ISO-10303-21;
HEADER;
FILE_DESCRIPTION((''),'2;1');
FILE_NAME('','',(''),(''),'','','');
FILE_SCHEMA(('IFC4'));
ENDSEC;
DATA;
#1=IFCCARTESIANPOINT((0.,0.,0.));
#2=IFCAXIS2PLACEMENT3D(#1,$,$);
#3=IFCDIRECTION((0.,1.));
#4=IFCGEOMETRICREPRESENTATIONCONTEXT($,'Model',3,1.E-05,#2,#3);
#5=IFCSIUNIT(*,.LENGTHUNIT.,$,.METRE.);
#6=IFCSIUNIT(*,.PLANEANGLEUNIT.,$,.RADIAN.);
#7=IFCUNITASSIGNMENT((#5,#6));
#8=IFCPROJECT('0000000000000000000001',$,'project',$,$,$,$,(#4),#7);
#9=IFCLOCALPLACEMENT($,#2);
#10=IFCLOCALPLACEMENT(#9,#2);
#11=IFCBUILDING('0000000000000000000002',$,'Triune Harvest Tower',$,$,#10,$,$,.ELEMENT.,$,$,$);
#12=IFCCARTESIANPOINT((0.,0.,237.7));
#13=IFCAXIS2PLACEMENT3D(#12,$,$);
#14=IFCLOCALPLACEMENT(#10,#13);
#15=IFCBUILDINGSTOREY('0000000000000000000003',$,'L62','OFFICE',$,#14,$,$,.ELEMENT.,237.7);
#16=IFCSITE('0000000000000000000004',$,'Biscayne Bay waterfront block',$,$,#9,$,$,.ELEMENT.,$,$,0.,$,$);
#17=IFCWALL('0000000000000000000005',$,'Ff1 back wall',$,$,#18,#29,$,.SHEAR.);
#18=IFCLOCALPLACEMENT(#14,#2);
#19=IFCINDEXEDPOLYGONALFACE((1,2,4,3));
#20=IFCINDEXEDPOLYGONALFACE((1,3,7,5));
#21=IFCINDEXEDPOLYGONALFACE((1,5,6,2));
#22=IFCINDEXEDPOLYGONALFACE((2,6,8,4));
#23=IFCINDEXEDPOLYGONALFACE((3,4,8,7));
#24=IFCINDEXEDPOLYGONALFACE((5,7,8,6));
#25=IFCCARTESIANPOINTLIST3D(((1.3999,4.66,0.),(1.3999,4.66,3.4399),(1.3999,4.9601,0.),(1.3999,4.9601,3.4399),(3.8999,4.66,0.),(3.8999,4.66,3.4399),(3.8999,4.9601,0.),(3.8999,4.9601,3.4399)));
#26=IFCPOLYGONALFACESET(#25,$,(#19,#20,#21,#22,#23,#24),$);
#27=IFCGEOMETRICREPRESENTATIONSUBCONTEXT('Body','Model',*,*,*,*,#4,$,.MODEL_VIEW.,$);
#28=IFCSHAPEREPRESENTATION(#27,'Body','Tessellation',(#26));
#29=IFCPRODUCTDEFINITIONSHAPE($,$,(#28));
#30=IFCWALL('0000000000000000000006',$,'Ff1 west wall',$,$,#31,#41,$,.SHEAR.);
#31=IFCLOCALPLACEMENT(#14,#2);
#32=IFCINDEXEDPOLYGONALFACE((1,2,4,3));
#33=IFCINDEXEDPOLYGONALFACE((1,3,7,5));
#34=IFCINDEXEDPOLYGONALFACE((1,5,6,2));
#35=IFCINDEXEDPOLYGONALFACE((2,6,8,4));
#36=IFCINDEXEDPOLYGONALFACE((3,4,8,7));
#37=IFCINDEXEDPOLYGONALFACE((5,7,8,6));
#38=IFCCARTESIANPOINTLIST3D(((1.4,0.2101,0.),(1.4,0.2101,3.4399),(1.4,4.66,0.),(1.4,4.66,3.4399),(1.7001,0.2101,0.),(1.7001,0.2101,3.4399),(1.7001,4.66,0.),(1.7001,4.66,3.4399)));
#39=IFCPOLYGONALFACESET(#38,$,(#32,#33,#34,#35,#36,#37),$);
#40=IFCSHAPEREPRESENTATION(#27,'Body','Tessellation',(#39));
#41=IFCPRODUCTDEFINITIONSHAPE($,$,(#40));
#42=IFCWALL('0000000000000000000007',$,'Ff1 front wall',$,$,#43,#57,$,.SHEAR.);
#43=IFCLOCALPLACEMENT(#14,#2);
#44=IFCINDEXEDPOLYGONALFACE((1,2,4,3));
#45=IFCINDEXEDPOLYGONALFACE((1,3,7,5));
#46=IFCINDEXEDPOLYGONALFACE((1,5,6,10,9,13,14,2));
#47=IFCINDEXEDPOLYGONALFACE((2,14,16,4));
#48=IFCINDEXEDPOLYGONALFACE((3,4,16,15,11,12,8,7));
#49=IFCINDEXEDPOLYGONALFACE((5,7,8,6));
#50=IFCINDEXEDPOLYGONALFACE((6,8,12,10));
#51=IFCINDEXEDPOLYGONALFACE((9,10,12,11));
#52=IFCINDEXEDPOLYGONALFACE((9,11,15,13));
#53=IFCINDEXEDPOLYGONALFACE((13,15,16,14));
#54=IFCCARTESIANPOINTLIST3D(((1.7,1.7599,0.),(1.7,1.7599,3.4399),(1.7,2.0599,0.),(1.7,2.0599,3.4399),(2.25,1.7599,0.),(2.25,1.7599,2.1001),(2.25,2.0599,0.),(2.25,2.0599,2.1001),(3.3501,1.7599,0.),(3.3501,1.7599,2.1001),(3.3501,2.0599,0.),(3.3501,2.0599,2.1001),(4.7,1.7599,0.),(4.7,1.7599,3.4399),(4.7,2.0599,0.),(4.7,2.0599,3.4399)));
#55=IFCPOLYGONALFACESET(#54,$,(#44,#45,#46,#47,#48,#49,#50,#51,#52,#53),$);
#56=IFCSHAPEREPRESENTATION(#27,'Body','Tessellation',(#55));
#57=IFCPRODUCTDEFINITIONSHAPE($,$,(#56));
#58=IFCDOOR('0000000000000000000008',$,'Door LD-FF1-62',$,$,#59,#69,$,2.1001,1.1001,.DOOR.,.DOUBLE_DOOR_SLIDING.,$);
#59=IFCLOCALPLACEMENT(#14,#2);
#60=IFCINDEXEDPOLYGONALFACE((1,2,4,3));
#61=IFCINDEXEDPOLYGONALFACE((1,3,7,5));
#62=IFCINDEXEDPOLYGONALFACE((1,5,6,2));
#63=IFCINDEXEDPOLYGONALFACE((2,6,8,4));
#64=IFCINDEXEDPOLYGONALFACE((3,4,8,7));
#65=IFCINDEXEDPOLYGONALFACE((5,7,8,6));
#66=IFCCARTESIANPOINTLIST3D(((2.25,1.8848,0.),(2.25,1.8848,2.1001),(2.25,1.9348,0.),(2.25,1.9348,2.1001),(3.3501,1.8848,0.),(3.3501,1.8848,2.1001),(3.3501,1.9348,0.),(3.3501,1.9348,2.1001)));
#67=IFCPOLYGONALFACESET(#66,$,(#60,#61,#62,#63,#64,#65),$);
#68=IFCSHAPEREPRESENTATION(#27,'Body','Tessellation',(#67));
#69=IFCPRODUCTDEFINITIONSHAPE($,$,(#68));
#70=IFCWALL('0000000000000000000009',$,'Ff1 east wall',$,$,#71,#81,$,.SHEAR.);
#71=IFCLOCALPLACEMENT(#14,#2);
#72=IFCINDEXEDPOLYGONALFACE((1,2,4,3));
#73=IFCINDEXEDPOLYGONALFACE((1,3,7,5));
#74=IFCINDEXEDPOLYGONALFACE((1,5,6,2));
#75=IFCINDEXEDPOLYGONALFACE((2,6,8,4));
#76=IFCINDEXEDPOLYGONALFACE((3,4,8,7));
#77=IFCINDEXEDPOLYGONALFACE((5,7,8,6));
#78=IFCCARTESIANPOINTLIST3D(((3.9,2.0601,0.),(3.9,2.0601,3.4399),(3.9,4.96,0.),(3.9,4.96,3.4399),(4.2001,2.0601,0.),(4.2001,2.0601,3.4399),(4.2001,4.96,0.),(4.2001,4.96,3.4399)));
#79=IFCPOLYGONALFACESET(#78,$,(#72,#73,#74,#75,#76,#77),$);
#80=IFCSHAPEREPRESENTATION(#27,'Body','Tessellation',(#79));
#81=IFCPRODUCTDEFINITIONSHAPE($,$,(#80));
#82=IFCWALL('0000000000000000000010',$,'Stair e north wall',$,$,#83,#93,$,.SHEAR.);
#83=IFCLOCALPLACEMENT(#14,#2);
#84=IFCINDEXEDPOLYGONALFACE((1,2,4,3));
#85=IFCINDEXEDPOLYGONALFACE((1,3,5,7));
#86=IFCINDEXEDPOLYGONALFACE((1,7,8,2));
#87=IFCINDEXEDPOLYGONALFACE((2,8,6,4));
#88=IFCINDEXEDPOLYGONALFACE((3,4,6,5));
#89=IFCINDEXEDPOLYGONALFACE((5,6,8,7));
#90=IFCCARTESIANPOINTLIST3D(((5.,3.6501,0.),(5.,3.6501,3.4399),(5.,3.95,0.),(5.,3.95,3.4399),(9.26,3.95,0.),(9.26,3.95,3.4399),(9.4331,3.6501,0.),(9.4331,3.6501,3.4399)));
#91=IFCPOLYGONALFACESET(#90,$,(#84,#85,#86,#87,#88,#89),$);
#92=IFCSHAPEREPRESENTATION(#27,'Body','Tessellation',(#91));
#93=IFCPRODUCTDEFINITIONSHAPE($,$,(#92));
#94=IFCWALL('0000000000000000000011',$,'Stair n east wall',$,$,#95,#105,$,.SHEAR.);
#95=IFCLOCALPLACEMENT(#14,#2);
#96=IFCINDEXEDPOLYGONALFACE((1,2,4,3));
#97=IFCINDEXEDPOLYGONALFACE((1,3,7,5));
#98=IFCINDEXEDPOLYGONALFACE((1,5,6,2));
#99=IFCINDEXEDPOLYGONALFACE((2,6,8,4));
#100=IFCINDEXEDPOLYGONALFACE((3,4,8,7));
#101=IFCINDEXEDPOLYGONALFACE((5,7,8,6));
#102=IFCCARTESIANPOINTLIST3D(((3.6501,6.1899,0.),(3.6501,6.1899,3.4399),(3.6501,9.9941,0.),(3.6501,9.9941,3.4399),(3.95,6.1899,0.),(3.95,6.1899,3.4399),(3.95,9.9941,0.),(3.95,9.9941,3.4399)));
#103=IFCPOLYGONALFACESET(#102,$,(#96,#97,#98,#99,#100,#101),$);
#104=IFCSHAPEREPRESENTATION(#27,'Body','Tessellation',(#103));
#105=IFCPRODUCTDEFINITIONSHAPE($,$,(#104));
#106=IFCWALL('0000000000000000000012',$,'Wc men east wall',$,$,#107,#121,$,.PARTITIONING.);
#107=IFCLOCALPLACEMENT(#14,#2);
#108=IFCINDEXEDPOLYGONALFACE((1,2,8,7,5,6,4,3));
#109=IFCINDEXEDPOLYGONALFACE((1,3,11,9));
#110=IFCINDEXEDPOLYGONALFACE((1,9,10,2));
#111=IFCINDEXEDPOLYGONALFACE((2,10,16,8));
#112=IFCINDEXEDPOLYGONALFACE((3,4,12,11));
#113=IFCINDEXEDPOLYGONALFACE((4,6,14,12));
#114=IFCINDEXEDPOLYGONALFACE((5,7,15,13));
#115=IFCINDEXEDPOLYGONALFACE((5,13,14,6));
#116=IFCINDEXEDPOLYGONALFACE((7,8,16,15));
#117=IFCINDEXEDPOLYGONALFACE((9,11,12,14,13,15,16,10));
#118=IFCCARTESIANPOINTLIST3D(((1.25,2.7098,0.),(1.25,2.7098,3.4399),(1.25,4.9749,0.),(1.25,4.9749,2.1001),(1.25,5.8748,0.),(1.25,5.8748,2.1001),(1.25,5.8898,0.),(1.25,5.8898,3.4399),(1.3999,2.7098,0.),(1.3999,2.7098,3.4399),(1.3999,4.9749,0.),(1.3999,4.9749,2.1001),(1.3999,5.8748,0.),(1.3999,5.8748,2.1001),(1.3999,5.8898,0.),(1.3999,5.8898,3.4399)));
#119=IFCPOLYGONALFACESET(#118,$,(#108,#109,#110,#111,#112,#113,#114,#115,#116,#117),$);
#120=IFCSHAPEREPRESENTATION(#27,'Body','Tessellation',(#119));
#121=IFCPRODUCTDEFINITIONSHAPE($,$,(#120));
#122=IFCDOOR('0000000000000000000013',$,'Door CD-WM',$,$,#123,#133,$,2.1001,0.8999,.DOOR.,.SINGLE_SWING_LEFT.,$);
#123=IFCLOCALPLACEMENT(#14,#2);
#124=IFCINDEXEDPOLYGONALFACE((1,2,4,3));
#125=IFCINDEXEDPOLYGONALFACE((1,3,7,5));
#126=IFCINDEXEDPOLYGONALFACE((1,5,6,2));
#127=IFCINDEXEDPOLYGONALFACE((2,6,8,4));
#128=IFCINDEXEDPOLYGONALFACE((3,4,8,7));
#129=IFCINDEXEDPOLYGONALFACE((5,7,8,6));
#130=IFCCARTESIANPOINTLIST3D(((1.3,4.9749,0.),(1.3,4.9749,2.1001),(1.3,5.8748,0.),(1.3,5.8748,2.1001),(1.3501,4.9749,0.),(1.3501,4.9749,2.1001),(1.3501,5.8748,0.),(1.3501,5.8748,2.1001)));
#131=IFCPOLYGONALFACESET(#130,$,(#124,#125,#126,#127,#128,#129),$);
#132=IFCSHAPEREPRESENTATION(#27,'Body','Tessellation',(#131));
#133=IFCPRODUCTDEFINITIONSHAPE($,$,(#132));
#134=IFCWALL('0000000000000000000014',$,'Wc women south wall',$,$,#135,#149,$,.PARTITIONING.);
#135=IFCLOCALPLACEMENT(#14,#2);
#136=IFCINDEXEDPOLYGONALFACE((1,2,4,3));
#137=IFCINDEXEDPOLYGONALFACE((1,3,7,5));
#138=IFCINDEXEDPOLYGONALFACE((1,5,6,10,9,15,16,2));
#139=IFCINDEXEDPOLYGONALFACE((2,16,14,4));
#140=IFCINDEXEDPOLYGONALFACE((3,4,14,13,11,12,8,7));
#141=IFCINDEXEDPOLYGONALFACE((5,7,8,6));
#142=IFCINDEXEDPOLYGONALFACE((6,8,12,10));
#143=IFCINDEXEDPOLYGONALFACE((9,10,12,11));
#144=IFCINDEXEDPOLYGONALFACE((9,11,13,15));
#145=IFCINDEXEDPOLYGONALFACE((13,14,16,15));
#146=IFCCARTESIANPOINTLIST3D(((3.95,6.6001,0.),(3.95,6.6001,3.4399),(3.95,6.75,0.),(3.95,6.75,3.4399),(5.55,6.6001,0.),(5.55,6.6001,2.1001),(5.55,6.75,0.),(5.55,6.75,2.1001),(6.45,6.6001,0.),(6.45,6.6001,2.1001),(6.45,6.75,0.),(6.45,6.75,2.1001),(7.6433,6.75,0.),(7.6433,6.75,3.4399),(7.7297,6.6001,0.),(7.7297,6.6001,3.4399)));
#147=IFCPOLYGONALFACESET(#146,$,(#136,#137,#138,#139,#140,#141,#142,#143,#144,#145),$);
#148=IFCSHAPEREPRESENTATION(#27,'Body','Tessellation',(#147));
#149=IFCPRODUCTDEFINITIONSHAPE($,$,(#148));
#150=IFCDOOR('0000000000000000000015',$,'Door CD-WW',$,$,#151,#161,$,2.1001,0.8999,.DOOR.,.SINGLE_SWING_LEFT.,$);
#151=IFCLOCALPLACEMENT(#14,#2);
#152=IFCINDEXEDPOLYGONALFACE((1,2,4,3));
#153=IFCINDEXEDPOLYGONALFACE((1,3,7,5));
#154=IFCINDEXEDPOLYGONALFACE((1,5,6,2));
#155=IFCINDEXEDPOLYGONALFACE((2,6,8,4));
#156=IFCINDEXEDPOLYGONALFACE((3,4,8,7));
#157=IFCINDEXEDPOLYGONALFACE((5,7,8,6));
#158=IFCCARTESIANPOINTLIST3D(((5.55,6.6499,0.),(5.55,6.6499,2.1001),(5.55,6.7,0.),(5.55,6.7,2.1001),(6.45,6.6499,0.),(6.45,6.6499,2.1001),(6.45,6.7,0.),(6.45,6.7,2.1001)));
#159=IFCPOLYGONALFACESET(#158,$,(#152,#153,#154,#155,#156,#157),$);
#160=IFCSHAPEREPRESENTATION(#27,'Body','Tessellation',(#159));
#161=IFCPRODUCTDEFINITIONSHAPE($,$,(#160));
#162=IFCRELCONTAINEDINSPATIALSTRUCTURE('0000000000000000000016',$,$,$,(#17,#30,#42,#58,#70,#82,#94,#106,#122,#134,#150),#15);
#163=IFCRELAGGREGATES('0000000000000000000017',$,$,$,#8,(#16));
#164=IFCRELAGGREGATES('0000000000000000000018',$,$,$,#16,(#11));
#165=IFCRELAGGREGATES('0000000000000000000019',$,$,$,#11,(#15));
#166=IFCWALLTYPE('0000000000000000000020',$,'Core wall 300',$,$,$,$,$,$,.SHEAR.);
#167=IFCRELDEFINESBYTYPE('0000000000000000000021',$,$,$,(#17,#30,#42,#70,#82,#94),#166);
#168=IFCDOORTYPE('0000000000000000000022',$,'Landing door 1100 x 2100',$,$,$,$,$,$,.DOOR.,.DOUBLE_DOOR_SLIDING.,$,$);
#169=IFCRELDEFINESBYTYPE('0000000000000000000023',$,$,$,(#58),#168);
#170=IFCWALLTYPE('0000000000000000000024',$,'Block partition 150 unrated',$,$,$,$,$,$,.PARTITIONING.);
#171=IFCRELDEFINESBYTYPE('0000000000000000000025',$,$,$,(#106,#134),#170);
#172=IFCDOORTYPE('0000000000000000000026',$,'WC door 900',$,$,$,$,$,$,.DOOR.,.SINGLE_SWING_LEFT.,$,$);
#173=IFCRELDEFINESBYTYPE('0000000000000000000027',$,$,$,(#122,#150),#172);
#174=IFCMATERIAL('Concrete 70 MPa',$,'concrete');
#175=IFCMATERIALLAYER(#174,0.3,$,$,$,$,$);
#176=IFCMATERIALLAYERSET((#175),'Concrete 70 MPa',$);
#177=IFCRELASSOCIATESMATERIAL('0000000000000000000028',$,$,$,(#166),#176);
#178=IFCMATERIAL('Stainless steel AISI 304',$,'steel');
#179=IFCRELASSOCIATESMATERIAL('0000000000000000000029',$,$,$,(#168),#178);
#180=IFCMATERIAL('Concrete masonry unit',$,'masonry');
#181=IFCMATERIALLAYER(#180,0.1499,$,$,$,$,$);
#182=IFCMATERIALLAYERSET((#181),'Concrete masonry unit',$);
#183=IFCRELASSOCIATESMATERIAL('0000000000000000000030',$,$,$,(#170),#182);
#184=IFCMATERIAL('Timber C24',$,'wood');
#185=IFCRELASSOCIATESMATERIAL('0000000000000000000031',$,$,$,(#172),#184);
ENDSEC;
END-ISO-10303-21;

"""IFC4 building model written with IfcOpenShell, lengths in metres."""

from ifc_helpers import new_model, si_unit, direction, frame, frame_2d, origin, place, context, subcontext, project, spatial, polyline, rectangle, outline, extrude, source, transform, mapped, material, layer, layer_set, type_object, element, fill, save


model = new_model("IFC4")

# Units and contexts
model_context = context("Model", 3, precision=1e-05, world=origin(), true_north=direction((0.0, 1.0)))
body_context = subcontext(model_context, "Body", "Model", "MODEL_VIEW")
ifc_project = project(units=[si_unit("LENGTHUNIT", "METRE"), si_unit("PLANEANGLEUNIT", "RADIAN")], contexts=[model_context])

# Site, building, storey
site_placement = place(None, origin())
site = spatial("IfcSite", under=ifc_project, at=site_placement, Name="Biscayne Bay waterfront block", CompositionType="ELEMENT", RefElevation=0.0)
building_placement = place(site_placement, origin())
building = spatial("IfcBuilding", under=site, at=building_placement, Name="Triune Harvest Tower", CompositionType="ELEMENT")
storey_placement = place(building_placement, frame((0.0, 0.0, 237.7)))
storey = spatial("IfcBuildingStorey", under=building, at=storey_placement, Name="L62", Description="OFFICE", CompositionType="ELEMENT", Elevation=237.7)

# Walls
ifc_material_1 = material(Name="Concrete 70 MPa", Category="concrete")
ifc_layer_1 = layer(ifc_material_1, 0.3)
ifc_layer_set_1 = layer_set([ifc_layer_1], Name="Concrete 70 MPa")
wall_type_1 = type_object("IfcWallType", Name="Core wall 300", PredefinedType="SHEAR", material=ifc_layer_set_1)
shared_shape_1 = source(origin(), body_context, "Body", "SweptSolid", [
    extrude(rectangle(XDim=2.5, YDim=0.3, at=frame_2d((1.25, 0.0))), origin(), (0.0, 0.0, 1.0), 3.4399),
])
wall_1_placement = place(storey_placement, frame((1.3999, 4.8101, 0.0), z_axis=(0.0, 0.0, 1.0), x_axis=(1.0, 0.0, 0.0)))
element("IfcWall", 1, at=wall_1_placement, inside=storey, type_object=wall_type_1, Name="Ff1 back wall", PredefinedType="SHEAR", context=body_context, shape_type="MappedRepresentation", body=[
    mapped(shared_shape_1, transform((0.0, 0.0, 0.0), scale=1.0)),
])
shared_shape_2 = source(origin(), body_context, "Body", "SweptSolid", [
    extrude(rectangle(XDim=4.45, YDim=0.3, at=frame_2d((2.2251, 0.0))), origin(), (0.0, 0.0, 1.0), 3.4399),
])
wall_2_placement = place(storey_placement, frame((1.55, 0.21, 0.0), z_axis=(0.0, 0.0, 1.0), x_axis=(0.0, 1.0, 0.0)))
element("IfcWall", 2, at=wall_2_placement, inside=storey, type_object=wall_type_1, Name="Ff1 west wall", PredefinedType="SHEAR", context=body_context, shape_type="MappedRepresentation", body=[
    mapped(shared_shape_2, transform((0.0, 0.0, 0.0), scale=1.0)),
])

# Wall, opening, door
shared_shape_3 = source(origin(), body_context, "Body", "SweptSolid", [
    extrude(rectangle(XDim=3.0, YDim=0.3, at=frame_2d((1.5, 0.0))), origin(), (0.0, 0.0, 1.0), 3.4399),
])
wall_3_placement = place(storey_placement, frame((1.7, 1.9099, 0.0), z_axis=(0.0, 0.0, 1.0), x_axis=(1.0, 0.0, 0.0)))
wall_3 = element("IfcWall", 3, at=wall_3_placement, inside=storey, type_object=wall_type_1, Name="Ff1 front wall", PredefinedType="SHEAR", context=body_context, shape_type="MappedRepresentation", body=[
    mapped(shared_shape_3, transform((0.0, 0.0, 0.0), scale=1.0)),
])
opening_1_placement = place(wall_3_placement, frame((0.55, 0.0, 0.0)))
opening_1 = element("IfcOpeningElement", 4, at=opening_1_placement, cuts=wall_3, PredefinedType="OPENING", context=body_context, shape_type="SweptSolid", body=[
    extrude(rectangle(XDim=1.1001, YDim=2.1001, at=frame_2d((0.55, 1.05))), frame((0.0, 0.1602, 0.0), z_axis=(0.0, -1.0, 0.0), x_axis=(1.0, 0.0, 0.0)), (0.0, 0.0, 1.0), 0.3201),
])
ifc_material_2 = material(Name="Stainless steel AISI 304", Category="steel")
door_type_1 = type_object("IfcDoorType", Name="Landing door 1100 x 2100", OperationType="DOUBLE_DOOR_SLIDING", PredefinedType="DOOR", material=ifc_material_2)
door_1_placement = place(opening_1_placement, origin())
door_1 = element("IfcDoor", 5, at=door_1_placement, inside=storey, type_object=door_type_1, Name="Door LD-FF1-62", OperationType="DOUBLE_DOOR_SLIDING", OverallHeight=2.1001, OverallWidth=1.1001, PredefinedType="DOOR", context=body_context, shape_type="SweptSolid", body=[
    extrude(rectangle(XDim=1.1001, YDim=2.1001, at=frame_2d((0.55, 1.05))), frame((0.0, 0.0249, 0.0), z_axis=(0.0, -1.0, 0.0), x_axis=(1.0, 0.0, 0.0)), (0.0, 0.0, 1.0), 0.05),
])
fill(opening_1, door_1)

# Walls
shared_shape_4 = source(origin(), body_context, "Body", "SweptSolid", [
    extrude(rectangle(XDim=2.8999, YDim=0.3, at=frame_2d((1.45, 0.0))), origin(), (0.0, 0.0, 1.0), 3.4399),
])
wall_4_placement = place(storey_placement, frame((4.05, 2.0601, 0.0), z_axis=(0.0, 0.0, 1.0), x_axis=(0.0, 1.0, 0.0)))
element("IfcWall", 6, at=wall_4_placement, inside=storey, type_object=wall_type_1, Name="Ff1 east wall", PredefinedType="SHEAR", context=body_context, shape_type="MappedRepresentation", body=[
    mapped(shared_shape_4, transform((0.0, 0.0, 0.0), scale=1.0)),
])
shared_shape_5 = source(origin(), body_context, "Body", "SweptSolid", [
    extrude(outline(polyline([(0.0, -0.1499), (0.0, 0.1499), (4.26, 0.1499), (4.4331, -0.1499), (0.0, -0.1499)])), origin(), (0.0, 0.0, 1.0), 3.4399),
])
wall_5_placement = place(storey_placement, frame((5.0, 3.8, 0.0), z_axis=(0.0, 0.0, 1.0), x_axis=(1.0, 0.0, 0.0)))
element("IfcWall", 7, at=wall_5_placement, inside=storey, type_object=wall_type_1, Name="Stair e north wall", PredefinedType="SHEAR", context=body_context, shape_type="MappedRepresentation", body=[
    mapped(shared_shape_5, transform((0.0, 0.0, 0.0), scale=1.0)),
])
shared_shape_6 = source(origin(), body_context, "Body", "SweptSolid", [
    extrude(outline(polyline([(0.0, -0.1499), (0.0, 0.1499), (3.8042, 0.1499), (3.8042, -0.1499), (0.0, -0.1499)])), origin(), (0.0, 0.0, 1.0), 3.4399),
])
wall_6_placement = place(storey_placement, frame((3.8, 6.1899, 0.0), z_axis=(0.0, 0.0, 1.0), x_axis=(0.0, 1.0, 0.0)))
element("IfcWall", 8, at=wall_6_placement, inside=storey, type_object=wall_type_1, Name="Stair n east wall", PredefinedType="SHEAR", context=body_context, shape_type="MappedRepresentation", body=[
    mapped(shared_shape_6, transform((0.0, 0.0, 0.0), scale=1.0)),
])

# Walls, openings, doors
ifc_material_3 = material(Name="Concrete masonry unit", Category="masonry")
ifc_layer_2 = layer(ifc_material_3, 0.1499)
ifc_layer_set_2 = layer_set([ifc_layer_2], Name="Concrete masonry unit")
wall_type_2 = type_object("IfcWallType", Name="Block partition 150 unrated", PredefinedType="PARTITIONING", material=ifc_layer_set_2)
shared_shape_7 = source(origin(), body_context, "Body", "SweptSolid", [
    extrude(rectangle(XDim=3.1799, YDim=0.1499, at=frame_2d((1.5898, 0.0))), origin(), (0.0, 0.0, 1.0), 3.4399),
])
wall_7_placement = place(storey_placement, frame((1.325, 2.71, 0.0), z_axis=(0.0, 0.0, 1.0), x_axis=(0.0, 1.0, 0.0)))
wall_7 = element("IfcWall", 9, at=wall_7_placement, inside=storey, type_object=wall_type_2, Name="Wc men east wall", PredefinedType="PARTITIONING", context=body_context, shape_type="MappedRepresentation", body=[
    mapped(shared_shape_7, transform((0.0, 0.0, 0.0), scale=1.0)),
])
opening_2_placement = place(wall_7_placement, frame((2.2649, 0.0, 0.0)))
opening_2 = element("IfcOpeningElement", 10, at=opening_2_placement, cuts=wall_7, PredefinedType="OPENING", context=body_context, shape_type="SweptSolid", body=[
    extrude(rectangle(XDim=0.8999, YDim=2.1001, at=frame_2d((0.45, 1.05))), frame((0.0, 0.085, 0.0), z_axis=(0.0, -1.0, 0.0), x_axis=(1.0, 0.0, 0.0)), (0.0, 0.0, 1.0), 0.1699),
])
ifc_material_4 = material(Name="Timber C24", Category="wood")
door_type_2 = type_object("IfcDoorType", Name="WC door 900", OperationType="SINGLE_SWING_LEFT", PredefinedType="DOOR", material=ifc_material_4)
door_2_placement = place(opening_2_placement, origin())
door_2 = element("IfcDoor", 11, at=door_2_placement, inside=storey, type_object=door_type_2, Name="Door CD-WM", OperationType="SINGLE_SWING_LEFT", OverallHeight=2.1001, OverallWidth=0.8999, PredefinedType="DOOR", context=body_context, shape_type="SweptSolid", body=[
    extrude(rectangle(XDim=0.8999, YDim=2.1001, at=frame_2d((0.45, 1.05))), frame((0.0, 0.0249, 0.0), z_axis=(0.0, -1.0, 0.0), x_axis=(1.0, 0.0, 0.0)), (0.0, 0.0, 1.0), 0.05),
])
fill(opening_2, door_2)
shared_shape_8 = source(origin(), body_context, "Body", "SweptSolid", [
    extrude(outline(polyline([(0.0, -0.075), (0.0, 0.075), (3.6934, 0.075), (3.7798, -0.075), (0.0, -0.075)])), origin(), (0.0, 0.0, 1.0), 3.4399),
])
wall_8_placement = place(storey_placement, frame((3.95, 6.675, 0.0), z_axis=(0.0, 0.0, 1.0), x_axis=(1.0, 0.0, 0.0)))
wall_8 = element("IfcWall", 12, at=wall_8_placement, inside=storey, type_object=wall_type_2, Name="Wc women south wall", PredefinedType="PARTITIONING", context=body_context, shape_type="MappedRepresentation", body=[
    mapped(shared_shape_8, transform((0.0, 0.0, 0.0), scale=1.0)),
])
opening_3_placement = place(wall_8_placement, frame((1.6001, 0.0, 0.0)))
opening_3 = element("IfcOpeningElement", 13, at=opening_3_placement, cuts=wall_8, PredefinedType="OPENING", context=body_context, shape_type="SweptSolid", body=[
    extrude(rectangle(XDim=0.8999, YDim=2.1001, at=frame_2d((0.45, 1.05))), frame((0.0, 0.085, 0.0), z_axis=(0.0, -1.0, 0.0), x_axis=(1.0, 0.0, 0.0)), (0.0, 0.0, 1.0), 0.1699),
])
door_3_placement = place(opening_3_placement, origin())
door_3 = element("IfcDoor", 14, at=door_3_placement, inside=storey, type_object=door_type_2, Name="Door CD-WW", OperationType="SINGLE_SWING_LEFT", OverallHeight=2.1001, OverallWidth=0.8999, PredefinedType="DOOR", context=body_context, shape_type="SweptSolid", body=[
    extrude(rectangle(XDim=0.8999, YDim=2.1001, at=frame_2d((0.45, 1.05))), frame((0.0, 0.0249, 0.0), z_axis=(0.0, -1.0, 0.0), x_axis=(1.0, 0.0, 0.0)), (0.0, 0.0, 1.0), 0.05),
])
fill(opening_3, door_3)

save(model, "model.ifc")
